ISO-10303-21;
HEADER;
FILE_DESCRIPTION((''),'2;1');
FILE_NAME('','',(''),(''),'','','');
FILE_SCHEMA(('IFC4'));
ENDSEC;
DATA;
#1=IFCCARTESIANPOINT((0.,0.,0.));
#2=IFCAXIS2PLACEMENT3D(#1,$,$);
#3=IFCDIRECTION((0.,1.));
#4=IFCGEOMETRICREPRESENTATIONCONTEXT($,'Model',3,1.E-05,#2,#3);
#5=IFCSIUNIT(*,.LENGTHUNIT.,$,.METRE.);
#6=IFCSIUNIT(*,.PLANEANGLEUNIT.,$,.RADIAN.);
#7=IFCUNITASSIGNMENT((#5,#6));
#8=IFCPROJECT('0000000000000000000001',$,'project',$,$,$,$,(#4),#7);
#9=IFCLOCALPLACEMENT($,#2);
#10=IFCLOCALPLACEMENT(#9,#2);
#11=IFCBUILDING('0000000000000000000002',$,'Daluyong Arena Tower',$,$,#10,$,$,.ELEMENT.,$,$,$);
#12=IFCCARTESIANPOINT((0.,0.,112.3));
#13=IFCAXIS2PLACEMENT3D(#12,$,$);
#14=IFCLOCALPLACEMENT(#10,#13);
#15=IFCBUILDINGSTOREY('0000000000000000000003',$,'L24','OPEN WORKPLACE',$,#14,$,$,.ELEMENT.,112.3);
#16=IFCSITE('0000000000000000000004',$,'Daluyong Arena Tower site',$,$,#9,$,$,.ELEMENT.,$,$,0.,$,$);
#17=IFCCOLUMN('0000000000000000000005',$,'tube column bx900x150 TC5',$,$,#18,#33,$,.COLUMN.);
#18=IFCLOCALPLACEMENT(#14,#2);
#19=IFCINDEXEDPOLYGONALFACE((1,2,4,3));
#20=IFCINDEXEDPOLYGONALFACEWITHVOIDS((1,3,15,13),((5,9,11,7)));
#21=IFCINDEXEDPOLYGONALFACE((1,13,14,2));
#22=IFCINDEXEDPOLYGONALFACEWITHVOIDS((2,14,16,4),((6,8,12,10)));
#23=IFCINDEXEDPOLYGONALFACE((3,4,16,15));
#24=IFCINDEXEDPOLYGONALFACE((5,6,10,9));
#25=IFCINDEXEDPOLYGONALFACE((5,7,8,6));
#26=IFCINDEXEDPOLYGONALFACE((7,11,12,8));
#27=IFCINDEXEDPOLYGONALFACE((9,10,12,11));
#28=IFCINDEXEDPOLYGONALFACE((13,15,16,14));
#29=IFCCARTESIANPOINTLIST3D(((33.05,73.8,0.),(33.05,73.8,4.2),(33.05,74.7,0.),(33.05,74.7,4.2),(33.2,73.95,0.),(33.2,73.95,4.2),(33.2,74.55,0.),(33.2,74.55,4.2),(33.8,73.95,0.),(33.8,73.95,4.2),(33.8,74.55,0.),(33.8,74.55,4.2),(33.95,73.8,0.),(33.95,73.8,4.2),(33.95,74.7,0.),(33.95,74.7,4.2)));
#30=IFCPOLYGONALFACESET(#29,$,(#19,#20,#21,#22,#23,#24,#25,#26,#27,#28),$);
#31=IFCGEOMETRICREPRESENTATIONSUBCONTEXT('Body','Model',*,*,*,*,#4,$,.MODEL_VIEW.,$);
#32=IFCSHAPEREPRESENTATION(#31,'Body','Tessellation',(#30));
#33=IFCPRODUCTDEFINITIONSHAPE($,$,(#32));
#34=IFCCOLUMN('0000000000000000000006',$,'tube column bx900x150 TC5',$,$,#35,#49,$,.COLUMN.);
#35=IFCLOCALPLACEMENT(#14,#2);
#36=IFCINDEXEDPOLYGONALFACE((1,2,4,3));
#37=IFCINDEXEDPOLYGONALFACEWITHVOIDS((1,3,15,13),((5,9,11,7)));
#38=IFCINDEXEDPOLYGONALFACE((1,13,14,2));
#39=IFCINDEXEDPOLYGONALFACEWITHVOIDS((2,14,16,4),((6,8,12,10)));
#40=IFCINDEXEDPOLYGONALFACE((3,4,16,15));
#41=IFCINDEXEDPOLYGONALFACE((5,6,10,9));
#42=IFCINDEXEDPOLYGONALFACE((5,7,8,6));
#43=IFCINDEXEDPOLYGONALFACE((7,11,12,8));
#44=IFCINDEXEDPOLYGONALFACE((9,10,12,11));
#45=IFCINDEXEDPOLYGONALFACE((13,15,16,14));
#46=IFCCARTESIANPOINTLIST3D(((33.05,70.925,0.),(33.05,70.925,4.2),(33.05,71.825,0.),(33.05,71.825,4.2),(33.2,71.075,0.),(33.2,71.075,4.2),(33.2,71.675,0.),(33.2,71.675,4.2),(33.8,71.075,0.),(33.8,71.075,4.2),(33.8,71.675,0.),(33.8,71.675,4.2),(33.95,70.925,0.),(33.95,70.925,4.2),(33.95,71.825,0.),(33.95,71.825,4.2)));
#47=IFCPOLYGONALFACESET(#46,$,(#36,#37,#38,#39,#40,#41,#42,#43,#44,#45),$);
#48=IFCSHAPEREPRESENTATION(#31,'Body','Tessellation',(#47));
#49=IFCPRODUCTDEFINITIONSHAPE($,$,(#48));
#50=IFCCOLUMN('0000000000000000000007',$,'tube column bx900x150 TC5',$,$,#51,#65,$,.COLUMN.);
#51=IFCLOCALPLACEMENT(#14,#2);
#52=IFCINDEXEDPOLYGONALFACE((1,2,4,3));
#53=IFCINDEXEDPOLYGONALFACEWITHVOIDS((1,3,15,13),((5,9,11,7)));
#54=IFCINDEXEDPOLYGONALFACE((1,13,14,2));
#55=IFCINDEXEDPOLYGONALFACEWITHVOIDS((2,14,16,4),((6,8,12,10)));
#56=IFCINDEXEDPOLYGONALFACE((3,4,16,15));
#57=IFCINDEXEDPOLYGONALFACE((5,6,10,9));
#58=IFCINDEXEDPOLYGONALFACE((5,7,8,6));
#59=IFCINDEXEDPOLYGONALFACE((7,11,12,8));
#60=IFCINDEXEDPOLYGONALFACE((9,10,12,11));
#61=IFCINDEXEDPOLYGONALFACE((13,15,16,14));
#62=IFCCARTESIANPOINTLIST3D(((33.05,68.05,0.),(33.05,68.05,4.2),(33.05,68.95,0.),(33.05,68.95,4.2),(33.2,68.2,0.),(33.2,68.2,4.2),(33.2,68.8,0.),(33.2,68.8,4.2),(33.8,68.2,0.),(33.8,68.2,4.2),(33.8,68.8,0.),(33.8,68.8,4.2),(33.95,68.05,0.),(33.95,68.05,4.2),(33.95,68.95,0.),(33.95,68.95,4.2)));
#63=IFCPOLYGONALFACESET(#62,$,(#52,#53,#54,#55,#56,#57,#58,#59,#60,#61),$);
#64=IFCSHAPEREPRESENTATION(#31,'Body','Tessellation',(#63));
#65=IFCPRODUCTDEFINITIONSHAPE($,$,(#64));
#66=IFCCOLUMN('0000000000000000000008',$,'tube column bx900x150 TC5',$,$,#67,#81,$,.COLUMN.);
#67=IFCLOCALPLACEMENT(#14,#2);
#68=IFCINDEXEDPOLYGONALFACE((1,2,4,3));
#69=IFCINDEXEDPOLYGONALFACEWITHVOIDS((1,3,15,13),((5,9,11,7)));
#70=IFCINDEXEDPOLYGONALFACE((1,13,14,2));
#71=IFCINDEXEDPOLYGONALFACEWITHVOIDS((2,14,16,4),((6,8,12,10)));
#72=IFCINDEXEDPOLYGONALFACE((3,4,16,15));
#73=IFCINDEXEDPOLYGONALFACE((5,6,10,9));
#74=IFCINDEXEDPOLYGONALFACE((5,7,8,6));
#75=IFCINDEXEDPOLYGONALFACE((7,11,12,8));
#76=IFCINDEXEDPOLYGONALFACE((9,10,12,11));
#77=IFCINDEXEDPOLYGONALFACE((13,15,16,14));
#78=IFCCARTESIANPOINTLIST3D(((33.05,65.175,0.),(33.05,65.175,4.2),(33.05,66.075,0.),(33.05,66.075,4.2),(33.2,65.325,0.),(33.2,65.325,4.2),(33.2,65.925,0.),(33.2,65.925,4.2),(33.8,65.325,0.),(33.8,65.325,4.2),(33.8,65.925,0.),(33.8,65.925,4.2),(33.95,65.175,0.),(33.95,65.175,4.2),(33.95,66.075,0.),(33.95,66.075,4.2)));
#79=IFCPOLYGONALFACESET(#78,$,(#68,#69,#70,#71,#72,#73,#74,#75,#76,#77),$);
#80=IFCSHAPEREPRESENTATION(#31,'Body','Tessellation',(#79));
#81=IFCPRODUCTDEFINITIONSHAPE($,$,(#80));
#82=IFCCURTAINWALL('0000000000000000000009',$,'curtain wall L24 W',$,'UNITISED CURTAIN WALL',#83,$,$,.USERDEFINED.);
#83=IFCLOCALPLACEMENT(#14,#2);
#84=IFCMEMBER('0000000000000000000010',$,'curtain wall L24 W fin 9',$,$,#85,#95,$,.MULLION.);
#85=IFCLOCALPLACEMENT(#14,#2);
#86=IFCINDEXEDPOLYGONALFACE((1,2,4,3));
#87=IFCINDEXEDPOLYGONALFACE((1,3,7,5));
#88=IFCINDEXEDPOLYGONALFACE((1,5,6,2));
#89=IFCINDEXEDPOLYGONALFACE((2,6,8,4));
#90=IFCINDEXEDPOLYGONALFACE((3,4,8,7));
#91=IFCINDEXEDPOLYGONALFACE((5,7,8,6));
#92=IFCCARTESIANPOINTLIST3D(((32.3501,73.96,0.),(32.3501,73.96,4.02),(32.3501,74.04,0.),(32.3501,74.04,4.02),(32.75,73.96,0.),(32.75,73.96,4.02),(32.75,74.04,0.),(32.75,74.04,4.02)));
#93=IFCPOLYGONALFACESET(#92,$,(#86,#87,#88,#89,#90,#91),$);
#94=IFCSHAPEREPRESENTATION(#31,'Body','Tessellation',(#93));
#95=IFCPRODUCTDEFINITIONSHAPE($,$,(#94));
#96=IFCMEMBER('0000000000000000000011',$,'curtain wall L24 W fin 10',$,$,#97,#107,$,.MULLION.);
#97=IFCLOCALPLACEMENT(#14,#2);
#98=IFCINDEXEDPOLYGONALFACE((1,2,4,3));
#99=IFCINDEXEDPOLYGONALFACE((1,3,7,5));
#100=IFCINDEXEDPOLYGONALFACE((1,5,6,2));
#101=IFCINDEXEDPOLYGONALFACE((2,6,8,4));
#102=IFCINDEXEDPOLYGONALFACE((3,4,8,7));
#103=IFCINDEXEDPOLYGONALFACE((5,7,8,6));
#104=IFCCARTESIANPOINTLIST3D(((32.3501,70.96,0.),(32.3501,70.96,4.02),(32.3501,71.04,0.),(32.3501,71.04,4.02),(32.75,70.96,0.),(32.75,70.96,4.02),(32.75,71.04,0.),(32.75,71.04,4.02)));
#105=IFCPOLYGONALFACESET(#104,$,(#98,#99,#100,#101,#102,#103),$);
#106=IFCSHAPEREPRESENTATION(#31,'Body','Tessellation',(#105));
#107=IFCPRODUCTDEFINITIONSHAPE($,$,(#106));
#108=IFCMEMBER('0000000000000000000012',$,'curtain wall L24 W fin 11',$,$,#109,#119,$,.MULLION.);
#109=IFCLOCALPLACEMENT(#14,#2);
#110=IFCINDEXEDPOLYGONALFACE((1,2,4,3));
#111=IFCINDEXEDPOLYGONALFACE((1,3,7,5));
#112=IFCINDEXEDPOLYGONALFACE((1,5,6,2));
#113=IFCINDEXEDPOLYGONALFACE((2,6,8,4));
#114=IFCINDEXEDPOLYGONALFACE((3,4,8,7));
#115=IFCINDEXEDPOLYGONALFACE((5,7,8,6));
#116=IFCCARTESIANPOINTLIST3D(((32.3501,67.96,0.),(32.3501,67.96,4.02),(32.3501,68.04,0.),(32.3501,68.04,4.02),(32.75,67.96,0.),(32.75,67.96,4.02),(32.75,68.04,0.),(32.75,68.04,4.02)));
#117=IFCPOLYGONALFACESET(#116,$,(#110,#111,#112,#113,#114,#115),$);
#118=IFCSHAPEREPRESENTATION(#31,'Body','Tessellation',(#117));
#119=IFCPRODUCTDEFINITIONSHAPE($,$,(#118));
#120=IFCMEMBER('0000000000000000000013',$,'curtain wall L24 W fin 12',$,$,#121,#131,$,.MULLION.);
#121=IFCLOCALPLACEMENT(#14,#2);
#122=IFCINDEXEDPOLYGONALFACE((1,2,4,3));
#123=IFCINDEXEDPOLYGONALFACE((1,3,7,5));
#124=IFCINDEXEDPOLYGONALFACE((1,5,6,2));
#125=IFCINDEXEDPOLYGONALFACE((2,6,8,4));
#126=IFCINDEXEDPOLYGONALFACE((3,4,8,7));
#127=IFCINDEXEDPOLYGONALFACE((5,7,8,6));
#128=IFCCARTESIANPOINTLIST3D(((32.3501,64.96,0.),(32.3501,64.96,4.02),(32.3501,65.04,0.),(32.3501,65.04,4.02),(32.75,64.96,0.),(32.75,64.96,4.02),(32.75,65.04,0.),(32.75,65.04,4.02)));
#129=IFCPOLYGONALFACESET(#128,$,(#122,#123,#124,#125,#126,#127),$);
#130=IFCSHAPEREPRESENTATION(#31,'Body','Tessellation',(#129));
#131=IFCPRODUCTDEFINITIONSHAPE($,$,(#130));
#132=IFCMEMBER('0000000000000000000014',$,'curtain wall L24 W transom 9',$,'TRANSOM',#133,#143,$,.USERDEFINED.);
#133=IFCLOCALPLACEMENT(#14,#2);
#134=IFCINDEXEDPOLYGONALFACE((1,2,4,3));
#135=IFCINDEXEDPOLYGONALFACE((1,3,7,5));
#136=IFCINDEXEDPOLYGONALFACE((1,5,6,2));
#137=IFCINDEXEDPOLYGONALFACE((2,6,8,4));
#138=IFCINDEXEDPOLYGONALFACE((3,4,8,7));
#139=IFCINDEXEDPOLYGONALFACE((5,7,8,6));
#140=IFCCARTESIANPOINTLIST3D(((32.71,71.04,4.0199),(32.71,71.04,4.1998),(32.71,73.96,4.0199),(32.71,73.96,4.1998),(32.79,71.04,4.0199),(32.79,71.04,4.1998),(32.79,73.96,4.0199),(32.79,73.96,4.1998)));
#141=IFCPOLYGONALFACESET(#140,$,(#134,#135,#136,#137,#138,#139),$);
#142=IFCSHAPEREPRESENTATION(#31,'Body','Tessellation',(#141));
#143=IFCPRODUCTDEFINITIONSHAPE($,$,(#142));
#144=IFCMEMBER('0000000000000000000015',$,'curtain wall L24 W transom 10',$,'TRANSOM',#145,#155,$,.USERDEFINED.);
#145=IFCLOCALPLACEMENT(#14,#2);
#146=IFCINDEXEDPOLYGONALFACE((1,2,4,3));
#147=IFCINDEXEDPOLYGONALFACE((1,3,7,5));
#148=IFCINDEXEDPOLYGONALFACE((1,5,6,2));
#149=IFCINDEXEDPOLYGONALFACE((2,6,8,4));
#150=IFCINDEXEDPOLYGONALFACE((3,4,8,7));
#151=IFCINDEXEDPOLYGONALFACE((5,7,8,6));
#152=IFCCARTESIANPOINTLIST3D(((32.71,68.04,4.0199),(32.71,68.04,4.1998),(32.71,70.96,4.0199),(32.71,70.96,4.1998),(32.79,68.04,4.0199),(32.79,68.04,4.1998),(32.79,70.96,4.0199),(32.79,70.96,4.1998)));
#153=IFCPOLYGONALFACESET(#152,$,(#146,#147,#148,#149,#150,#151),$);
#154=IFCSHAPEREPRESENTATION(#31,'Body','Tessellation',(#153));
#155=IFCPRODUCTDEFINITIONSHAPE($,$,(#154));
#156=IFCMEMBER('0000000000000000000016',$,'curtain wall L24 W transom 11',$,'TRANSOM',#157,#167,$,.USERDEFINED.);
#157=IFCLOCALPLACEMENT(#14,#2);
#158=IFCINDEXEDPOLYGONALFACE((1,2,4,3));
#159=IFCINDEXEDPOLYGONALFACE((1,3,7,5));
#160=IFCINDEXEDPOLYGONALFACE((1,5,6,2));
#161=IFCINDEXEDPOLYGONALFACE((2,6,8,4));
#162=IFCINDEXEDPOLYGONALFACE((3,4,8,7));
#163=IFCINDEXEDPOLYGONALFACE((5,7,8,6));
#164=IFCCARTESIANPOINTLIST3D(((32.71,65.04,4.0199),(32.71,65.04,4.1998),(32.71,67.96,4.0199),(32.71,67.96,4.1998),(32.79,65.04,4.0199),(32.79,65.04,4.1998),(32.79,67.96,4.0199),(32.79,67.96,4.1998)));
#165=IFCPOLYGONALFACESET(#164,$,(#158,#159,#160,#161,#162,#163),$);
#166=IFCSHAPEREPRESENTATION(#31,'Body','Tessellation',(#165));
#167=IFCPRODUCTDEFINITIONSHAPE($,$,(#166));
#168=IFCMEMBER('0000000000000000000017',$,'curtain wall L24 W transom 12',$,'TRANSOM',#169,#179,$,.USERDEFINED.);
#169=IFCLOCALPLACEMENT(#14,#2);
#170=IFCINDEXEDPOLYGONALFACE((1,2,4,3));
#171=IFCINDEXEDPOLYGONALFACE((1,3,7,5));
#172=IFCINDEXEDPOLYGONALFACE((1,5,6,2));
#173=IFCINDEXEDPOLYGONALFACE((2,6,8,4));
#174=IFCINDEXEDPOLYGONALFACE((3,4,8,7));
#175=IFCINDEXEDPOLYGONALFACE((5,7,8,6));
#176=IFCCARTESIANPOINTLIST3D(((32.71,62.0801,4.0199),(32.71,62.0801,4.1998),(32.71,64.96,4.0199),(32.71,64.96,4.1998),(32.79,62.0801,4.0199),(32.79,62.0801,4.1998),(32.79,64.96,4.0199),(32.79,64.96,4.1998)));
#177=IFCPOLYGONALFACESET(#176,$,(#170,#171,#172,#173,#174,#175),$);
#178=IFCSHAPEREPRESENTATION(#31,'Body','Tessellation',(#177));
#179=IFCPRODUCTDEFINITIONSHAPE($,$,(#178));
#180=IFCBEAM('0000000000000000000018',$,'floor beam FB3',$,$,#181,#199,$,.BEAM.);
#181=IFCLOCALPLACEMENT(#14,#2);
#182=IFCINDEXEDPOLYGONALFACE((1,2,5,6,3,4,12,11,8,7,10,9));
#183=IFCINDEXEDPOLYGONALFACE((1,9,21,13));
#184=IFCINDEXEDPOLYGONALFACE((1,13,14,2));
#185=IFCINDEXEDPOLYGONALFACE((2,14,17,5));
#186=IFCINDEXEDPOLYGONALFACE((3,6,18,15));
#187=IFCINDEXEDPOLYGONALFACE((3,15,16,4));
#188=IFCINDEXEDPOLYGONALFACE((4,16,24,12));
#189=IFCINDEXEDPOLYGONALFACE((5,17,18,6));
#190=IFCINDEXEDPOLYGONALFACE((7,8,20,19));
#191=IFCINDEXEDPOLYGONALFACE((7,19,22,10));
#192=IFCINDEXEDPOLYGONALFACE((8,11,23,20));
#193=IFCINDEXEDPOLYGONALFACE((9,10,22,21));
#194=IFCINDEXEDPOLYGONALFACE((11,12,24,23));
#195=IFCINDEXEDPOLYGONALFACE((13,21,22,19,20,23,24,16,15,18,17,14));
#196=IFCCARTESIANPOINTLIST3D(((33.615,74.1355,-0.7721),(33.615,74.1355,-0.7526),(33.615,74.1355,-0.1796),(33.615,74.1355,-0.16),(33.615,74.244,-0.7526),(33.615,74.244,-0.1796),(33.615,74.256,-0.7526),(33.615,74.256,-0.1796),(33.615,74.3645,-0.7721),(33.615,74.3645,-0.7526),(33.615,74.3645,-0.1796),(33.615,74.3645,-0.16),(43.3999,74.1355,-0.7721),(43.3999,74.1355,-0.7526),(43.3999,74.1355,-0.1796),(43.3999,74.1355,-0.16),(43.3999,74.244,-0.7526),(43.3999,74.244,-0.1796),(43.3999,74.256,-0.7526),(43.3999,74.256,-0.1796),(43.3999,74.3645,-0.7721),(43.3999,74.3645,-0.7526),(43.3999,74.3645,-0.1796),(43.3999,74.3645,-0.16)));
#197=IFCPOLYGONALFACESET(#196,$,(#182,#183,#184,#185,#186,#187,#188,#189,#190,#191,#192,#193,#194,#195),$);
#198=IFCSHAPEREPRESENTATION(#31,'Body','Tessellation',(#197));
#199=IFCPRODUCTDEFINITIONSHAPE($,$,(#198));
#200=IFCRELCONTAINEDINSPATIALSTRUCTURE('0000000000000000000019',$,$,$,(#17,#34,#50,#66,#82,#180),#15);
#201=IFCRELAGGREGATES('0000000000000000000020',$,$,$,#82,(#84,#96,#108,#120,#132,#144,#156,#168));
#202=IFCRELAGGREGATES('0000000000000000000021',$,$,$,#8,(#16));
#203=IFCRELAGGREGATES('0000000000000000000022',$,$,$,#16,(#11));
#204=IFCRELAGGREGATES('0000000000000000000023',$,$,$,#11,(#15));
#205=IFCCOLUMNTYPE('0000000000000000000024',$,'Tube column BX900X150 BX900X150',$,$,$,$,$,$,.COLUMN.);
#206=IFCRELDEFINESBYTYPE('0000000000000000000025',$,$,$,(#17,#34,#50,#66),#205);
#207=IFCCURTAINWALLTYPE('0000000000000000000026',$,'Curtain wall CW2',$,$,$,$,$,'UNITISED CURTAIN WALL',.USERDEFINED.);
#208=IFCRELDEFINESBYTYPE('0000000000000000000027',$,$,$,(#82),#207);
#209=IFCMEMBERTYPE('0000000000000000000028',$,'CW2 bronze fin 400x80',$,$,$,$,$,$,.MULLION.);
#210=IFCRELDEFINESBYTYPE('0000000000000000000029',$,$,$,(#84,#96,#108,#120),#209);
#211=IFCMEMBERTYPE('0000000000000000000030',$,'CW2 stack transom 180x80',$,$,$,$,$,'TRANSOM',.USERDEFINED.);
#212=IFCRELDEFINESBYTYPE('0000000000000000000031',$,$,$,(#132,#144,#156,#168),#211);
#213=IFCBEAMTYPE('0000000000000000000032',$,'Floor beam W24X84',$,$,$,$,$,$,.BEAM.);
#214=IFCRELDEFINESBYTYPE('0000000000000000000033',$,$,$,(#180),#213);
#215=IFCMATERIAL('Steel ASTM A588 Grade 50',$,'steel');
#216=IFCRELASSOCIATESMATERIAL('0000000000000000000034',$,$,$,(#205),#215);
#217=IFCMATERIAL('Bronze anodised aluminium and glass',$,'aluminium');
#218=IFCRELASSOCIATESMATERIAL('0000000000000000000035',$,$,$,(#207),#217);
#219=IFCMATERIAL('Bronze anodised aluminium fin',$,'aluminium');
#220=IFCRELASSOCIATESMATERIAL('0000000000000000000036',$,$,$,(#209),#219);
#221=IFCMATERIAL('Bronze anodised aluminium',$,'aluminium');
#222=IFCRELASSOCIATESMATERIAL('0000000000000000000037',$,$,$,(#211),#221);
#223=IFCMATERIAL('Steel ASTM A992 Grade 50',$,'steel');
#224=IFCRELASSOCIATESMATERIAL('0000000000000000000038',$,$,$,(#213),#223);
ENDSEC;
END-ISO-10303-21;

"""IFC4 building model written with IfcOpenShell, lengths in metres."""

from ifc_helpers import new_model, si_unit, direction, frame, origin, origin_2d, place, context, subcontext, project, spatial, rectangle, hollow_rectangle, i_section, extrude, material, material_profile, profile_set, type_object, element, aggregate, save


model = new_model("IFC4")

# Units and contexts
model_context = context("Model", 3, precision=1e-05, world=origin(), true_north=direction((0.0, 1.0)))
body_context = subcontext(model_context, "Body", "Model", "MODEL_VIEW")
ifc_project = project(units=[si_unit("LENGTHUNIT", "METRE"), si_unit("PLANEANGLEUNIT", "RADIAN")], contexts=[model_context])

# Site, building, storey
site_placement = place(None, origin())
site = spatial("IfcSite", under=ifc_project, at=site_placement, Name="Daluyong Arena Tower site", CompositionType="ELEMENT", RefElevation=0.0)
building_placement = place(site_placement, origin())
building = spatial("IfcBuilding", under=site, at=building_placement, Name="Daluyong Arena Tower", CompositionType="ELEMENT")
storey_placement = place(building_placement, frame((0.0, 0.0, 112.3)))
storey = spatial("IfcBuildingStorey", under=building, at=storey_placement, Name="L24", Description="OPEN WORKPLACE", CompositionType="ELEMENT", Elevation=112.3)

# Columns
ifc_material_1 = material(Name="Steel ASTM A588 Grade 50", Category="steel")
ifc_material_profile_1 = material_profile(ifc_material_1, hollow_rectangle(XDim=0.8999, YDim=0.8999, WallThickness=0.15, at=origin_2d()))
ifc_profile_set_1 = profile_set([ifc_material_profile_1], Name="Steel ASTM A588 Grade 50")
column_type = type_object("IfcColumnType", Name="Tube column BX900X150 BX900X150", PredefinedType="COLUMN", material=ifc_profile_set_1)
for number, where, z_axis, x_axis, name in (
    (1, (33.5, 74.25, 0.0), (0.0, 0.0, 1.0), (0.0, 1.0, 0.0), "tube column bx900x150 TC5"),
    (2, (33.5, 71.375, 0.0), (0.0, 0.0, 1.0), (0.0, 1.0, 0.0), "tube column bx900x150 TC5"),
    (3, (33.5, 68.5, 0.0), (0.0, 0.0, 1.0), (0.0, 1.0, 0.0), "tube column bx900x150 TC5"),
    (4, (33.5, 65.625, 0.0), (0.0, 0.0, 1.0), (0.0, 1.0, 0.0), "tube column bx900x150 TC5"),
):
    element("IfcColumn", number, at=place(storey_placement, frame(where, z_axis=z_axis, x_axis=x_axis)), inside=storey, type_object=column_type, Name=name, PredefinedType="COLUMN", context=body_context, shape_type="SweptSolid", body=[
        extrude(hollow_rectangle(XDim=0.8999, YDim=0.8999, WallThickness=0.15, at=origin_2d()), origin(), (0.0, 0.0, 1.0), 4.2),
    ])

# Curtain wall, members
ifc_material_2 = material(Name="Bronze anodised aluminium and glass", Category="aluminium")
curtain_wall_type = type_object("IfcCurtainWallType", Name="Curtain wall CW2", ElementType="UNITISED CURTAIN WALL", PredefinedType="USERDEFINED", material=ifc_material_2)
curtain_wall_placement = place(storey_placement, origin())
curtain_wall = element("IfcCurtainWall", 5, at=curtain_wall_placement, inside=storey, type_object=curtain_wall_type, Name="curtain wall L24 W", ObjectType="UNITISED CURTAIN WALL", PredefinedType="USERDEFINED")
ifc_material_3 = material(Name="Bronze anodised aluminium fin", Category="aluminium")
ifc_material_profile_2 = material_profile(ifc_material_3, rectangle(XDim=0.3999, YDim=0.0801, at=origin_2d()))
ifc_profile_set_2 = profile_set([ifc_material_profile_2], Name="Bronze anodised aluminium fin")
member_type_1 = type_object("IfcMemberType", Name="CW2 bronze fin 400x80", PredefinedType="MULLION", material=ifc_profile_set_2)
member_1_placement = place(storey_placement, frame((32.55, 74.0, 0.0), z_axis=(0.0, 0.0, 1.0), x_axis=(1.0, 0.0, 0.0)))
member_1 = element("IfcMember", 6, at=member_1_placement, type_object=member_type_1, Name="curtain wall L24 W fin 9", PredefinedType="MULLION", context=body_context, shape_type="SweptSolid", body=[
    extrude(rectangle(XDim=0.3999, YDim=0.0801, at=origin_2d()), origin(), (0.0, 0.0, 1.0), 4.02),
])
member_2_placement = place(storey_placement, frame((32.55, 71.0, 0.0), z_axis=(0.0, 0.0, 1.0), x_axis=(1.0, 0.0, 0.0)))
member_2 = element("IfcMember", 7, at=member_2_placement, type_object=member_type_1, Name="curtain wall L24 W fin 10", PredefinedType="MULLION", context=body_context, shape_type="SweptSolid", body=[
    extrude(rectangle(XDim=0.3999, YDim=0.0801, at=origin_2d()), origin(), (0.0, 0.0, 1.0), 4.02),
])
member_3_placement = place(storey_placement, frame((32.55, 68.0, 0.0), z_axis=(0.0, 0.0, 1.0), x_axis=(1.0, 0.0, 0.0)))
member_3 = element("IfcMember", 8, at=member_3_placement, type_object=member_type_1, Name="curtain wall L24 W fin 11", PredefinedType="MULLION", context=body_context, shape_type="SweptSolid", body=[
    extrude(rectangle(XDim=0.3999, YDim=0.0801, at=origin_2d()), origin(), (0.0, 0.0, 1.0), 4.02),
])
member_4_placement = place(storey_placement, frame((32.55, 65.0, 0.0), z_axis=(0.0, 0.0, 1.0), x_axis=(1.0, 0.0, 0.0)))
member_4 = element("IfcMember", 9, at=member_4_placement, type_object=member_type_1, Name="curtain wall L24 W fin 12", PredefinedType="MULLION", context=body_context, shape_type="SweptSolid", body=[
    extrude(rectangle(XDim=0.3999, YDim=0.0801, at=origin_2d()), origin(), (0.0, 0.0, 1.0), 4.02),
])
ifc_material_4 = material(Name="Bronze anodised aluminium", Category="aluminium")
ifc_material_profile_3 = material_profile(ifc_material_4, rectangle(XDim=0.0801, YDim=0.1799, at=origin_2d()))
ifc_profile_set_3 = profile_set([ifc_material_profile_3], Name="Bronze anodised aluminium")
member_type_2 = type_object("IfcMemberType", Name="CW2 stack transom 180x80", ElementType="TRANSOM", PredefinedType="USERDEFINED", material=ifc_profile_set_3)
member_5_placement = place(storey_placement, frame((32.75, 73.96, 4.1099), z_axis=(0.0, -1.0, 0.0), x_axis=(1.0, 0.0, 0.0)))
member_5 = element("IfcMember", 10, at=member_5_placement, type_object=member_type_2, Name="curtain wall L24 W transom 9", ObjectType="TRANSOM", PredefinedType="USERDEFINED", context=body_context, shape_type="SweptSolid", body=[
    extrude(rectangle(XDim=0.0801, YDim=0.1799, at=origin_2d()), origin(), (0.0, 0.0, 1.0), 2.9199),
])
member_6_placement = place(storey_placement, frame((32.75, 70.96, 4.1099), z_axis=(0.0, -1.0, 0.0), x_axis=(1.0, 0.0, 0.0)))
member_6 = element("IfcMember", 11, at=member_6_placement, type_object=member_type_2, Name="curtain wall L24 W transom 10", ObjectType="TRANSOM", PredefinedType="USERDEFINED", context=body_context, shape_type="SweptSolid", body=[
    extrude(rectangle(XDim=0.0801, YDim=0.1799, at=origin_2d()), origin(), (0.0, 0.0, 1.0), 2.9199),
])
member_7_placement = place(storey_placement, frame((32.75, 67.96, 4.1099), z_axis=(0.0, -1.0, 0.0), x_axis=(1.0, 0.0, 0.0)))
member_7 = element("IfcMember", 12, at=member_7_placement, type_object=member_type_2, Name="curtain wall L24 W transom 11", ObjectType="TRANSOM", PredefinedType="USERDEFINED", context=body_context, shape_type="SweptSolid", body=[
    extrude(rectangle(XDim=0.0801, YDim=0.1799, at=origin_2d()), origin(), (0.0, 0.0, 1.0), 2.9199),
])
member_8_placement = place(storey_placement, frame((32.75, 64.96, 4.1099), z_axis=(0.0, -1.0, 0.0), x_axis=(1.0, 0.0, 0.0)))
member_8 = element("IfcMember", 13, at=member_8_placement, type_object=member_type_2, Name="curtain wall L24 W transom 12", ObjectType="TRANSOM", PredefinedType="USERDEFINED", context=body_context, shape_type="SweptSolid", body=[
    extrude(rectangle(XDim=0.0801, YDim=0.1799, at=origin_2d()), origin(), (0.0, 0.0, 1.0), 2.8799),
])

# Beam
ifc_material_5 = material(Name="Steel ASTM A992 Grade 50", Category="steel")
ifc_material_profile_4 = material_profile(ifc_material_5, i_section(OverallWidth=0.229, OverallDepth=0.6121, WebThickness=0.012, FlangeThickness=0.0195, at=origin_2d()))
ifc_profile_set_4 = profile_set([ifc_material_profile_4], Name="Steel ASTM A992 Grade 50")
beam_type_1 = type_object("IfcBeamType", Name="Floor beam W24X84", PredefinedType="BEAM", material=ifc_profile_set_4)
for number, where, z_axis, x_axis, name in (
    (14, (33.615, 74.25, -0.4661), (1.0, 0.0, 0.0), (0.0, 1.0, 0.0), "floor beam FB3"),
):
    element("IfcBeam", number, at=place(storey_placement, frame(where, z_axis=z_axis, x_axis=x_axis)), inside=storey, type_object=beam_type_1, Name=name, PredefinedType="BEAM", context=body_context, shape_type="SweptSolid", body=[
        extrude(i_section(OverallWidth=0.229, OverallDepth=0.6121, WebThickness=0.012, FlangeThickness=0.0195, at=origin_2d()), origin(), (0.0, 0.0, 1.0), 9.7849),
    ])

aggregate(curtain_wall, [member_1, member_2, member_3, member_4, member_5, member_6, member_7, member_8])

save(model, "model.ifc")
